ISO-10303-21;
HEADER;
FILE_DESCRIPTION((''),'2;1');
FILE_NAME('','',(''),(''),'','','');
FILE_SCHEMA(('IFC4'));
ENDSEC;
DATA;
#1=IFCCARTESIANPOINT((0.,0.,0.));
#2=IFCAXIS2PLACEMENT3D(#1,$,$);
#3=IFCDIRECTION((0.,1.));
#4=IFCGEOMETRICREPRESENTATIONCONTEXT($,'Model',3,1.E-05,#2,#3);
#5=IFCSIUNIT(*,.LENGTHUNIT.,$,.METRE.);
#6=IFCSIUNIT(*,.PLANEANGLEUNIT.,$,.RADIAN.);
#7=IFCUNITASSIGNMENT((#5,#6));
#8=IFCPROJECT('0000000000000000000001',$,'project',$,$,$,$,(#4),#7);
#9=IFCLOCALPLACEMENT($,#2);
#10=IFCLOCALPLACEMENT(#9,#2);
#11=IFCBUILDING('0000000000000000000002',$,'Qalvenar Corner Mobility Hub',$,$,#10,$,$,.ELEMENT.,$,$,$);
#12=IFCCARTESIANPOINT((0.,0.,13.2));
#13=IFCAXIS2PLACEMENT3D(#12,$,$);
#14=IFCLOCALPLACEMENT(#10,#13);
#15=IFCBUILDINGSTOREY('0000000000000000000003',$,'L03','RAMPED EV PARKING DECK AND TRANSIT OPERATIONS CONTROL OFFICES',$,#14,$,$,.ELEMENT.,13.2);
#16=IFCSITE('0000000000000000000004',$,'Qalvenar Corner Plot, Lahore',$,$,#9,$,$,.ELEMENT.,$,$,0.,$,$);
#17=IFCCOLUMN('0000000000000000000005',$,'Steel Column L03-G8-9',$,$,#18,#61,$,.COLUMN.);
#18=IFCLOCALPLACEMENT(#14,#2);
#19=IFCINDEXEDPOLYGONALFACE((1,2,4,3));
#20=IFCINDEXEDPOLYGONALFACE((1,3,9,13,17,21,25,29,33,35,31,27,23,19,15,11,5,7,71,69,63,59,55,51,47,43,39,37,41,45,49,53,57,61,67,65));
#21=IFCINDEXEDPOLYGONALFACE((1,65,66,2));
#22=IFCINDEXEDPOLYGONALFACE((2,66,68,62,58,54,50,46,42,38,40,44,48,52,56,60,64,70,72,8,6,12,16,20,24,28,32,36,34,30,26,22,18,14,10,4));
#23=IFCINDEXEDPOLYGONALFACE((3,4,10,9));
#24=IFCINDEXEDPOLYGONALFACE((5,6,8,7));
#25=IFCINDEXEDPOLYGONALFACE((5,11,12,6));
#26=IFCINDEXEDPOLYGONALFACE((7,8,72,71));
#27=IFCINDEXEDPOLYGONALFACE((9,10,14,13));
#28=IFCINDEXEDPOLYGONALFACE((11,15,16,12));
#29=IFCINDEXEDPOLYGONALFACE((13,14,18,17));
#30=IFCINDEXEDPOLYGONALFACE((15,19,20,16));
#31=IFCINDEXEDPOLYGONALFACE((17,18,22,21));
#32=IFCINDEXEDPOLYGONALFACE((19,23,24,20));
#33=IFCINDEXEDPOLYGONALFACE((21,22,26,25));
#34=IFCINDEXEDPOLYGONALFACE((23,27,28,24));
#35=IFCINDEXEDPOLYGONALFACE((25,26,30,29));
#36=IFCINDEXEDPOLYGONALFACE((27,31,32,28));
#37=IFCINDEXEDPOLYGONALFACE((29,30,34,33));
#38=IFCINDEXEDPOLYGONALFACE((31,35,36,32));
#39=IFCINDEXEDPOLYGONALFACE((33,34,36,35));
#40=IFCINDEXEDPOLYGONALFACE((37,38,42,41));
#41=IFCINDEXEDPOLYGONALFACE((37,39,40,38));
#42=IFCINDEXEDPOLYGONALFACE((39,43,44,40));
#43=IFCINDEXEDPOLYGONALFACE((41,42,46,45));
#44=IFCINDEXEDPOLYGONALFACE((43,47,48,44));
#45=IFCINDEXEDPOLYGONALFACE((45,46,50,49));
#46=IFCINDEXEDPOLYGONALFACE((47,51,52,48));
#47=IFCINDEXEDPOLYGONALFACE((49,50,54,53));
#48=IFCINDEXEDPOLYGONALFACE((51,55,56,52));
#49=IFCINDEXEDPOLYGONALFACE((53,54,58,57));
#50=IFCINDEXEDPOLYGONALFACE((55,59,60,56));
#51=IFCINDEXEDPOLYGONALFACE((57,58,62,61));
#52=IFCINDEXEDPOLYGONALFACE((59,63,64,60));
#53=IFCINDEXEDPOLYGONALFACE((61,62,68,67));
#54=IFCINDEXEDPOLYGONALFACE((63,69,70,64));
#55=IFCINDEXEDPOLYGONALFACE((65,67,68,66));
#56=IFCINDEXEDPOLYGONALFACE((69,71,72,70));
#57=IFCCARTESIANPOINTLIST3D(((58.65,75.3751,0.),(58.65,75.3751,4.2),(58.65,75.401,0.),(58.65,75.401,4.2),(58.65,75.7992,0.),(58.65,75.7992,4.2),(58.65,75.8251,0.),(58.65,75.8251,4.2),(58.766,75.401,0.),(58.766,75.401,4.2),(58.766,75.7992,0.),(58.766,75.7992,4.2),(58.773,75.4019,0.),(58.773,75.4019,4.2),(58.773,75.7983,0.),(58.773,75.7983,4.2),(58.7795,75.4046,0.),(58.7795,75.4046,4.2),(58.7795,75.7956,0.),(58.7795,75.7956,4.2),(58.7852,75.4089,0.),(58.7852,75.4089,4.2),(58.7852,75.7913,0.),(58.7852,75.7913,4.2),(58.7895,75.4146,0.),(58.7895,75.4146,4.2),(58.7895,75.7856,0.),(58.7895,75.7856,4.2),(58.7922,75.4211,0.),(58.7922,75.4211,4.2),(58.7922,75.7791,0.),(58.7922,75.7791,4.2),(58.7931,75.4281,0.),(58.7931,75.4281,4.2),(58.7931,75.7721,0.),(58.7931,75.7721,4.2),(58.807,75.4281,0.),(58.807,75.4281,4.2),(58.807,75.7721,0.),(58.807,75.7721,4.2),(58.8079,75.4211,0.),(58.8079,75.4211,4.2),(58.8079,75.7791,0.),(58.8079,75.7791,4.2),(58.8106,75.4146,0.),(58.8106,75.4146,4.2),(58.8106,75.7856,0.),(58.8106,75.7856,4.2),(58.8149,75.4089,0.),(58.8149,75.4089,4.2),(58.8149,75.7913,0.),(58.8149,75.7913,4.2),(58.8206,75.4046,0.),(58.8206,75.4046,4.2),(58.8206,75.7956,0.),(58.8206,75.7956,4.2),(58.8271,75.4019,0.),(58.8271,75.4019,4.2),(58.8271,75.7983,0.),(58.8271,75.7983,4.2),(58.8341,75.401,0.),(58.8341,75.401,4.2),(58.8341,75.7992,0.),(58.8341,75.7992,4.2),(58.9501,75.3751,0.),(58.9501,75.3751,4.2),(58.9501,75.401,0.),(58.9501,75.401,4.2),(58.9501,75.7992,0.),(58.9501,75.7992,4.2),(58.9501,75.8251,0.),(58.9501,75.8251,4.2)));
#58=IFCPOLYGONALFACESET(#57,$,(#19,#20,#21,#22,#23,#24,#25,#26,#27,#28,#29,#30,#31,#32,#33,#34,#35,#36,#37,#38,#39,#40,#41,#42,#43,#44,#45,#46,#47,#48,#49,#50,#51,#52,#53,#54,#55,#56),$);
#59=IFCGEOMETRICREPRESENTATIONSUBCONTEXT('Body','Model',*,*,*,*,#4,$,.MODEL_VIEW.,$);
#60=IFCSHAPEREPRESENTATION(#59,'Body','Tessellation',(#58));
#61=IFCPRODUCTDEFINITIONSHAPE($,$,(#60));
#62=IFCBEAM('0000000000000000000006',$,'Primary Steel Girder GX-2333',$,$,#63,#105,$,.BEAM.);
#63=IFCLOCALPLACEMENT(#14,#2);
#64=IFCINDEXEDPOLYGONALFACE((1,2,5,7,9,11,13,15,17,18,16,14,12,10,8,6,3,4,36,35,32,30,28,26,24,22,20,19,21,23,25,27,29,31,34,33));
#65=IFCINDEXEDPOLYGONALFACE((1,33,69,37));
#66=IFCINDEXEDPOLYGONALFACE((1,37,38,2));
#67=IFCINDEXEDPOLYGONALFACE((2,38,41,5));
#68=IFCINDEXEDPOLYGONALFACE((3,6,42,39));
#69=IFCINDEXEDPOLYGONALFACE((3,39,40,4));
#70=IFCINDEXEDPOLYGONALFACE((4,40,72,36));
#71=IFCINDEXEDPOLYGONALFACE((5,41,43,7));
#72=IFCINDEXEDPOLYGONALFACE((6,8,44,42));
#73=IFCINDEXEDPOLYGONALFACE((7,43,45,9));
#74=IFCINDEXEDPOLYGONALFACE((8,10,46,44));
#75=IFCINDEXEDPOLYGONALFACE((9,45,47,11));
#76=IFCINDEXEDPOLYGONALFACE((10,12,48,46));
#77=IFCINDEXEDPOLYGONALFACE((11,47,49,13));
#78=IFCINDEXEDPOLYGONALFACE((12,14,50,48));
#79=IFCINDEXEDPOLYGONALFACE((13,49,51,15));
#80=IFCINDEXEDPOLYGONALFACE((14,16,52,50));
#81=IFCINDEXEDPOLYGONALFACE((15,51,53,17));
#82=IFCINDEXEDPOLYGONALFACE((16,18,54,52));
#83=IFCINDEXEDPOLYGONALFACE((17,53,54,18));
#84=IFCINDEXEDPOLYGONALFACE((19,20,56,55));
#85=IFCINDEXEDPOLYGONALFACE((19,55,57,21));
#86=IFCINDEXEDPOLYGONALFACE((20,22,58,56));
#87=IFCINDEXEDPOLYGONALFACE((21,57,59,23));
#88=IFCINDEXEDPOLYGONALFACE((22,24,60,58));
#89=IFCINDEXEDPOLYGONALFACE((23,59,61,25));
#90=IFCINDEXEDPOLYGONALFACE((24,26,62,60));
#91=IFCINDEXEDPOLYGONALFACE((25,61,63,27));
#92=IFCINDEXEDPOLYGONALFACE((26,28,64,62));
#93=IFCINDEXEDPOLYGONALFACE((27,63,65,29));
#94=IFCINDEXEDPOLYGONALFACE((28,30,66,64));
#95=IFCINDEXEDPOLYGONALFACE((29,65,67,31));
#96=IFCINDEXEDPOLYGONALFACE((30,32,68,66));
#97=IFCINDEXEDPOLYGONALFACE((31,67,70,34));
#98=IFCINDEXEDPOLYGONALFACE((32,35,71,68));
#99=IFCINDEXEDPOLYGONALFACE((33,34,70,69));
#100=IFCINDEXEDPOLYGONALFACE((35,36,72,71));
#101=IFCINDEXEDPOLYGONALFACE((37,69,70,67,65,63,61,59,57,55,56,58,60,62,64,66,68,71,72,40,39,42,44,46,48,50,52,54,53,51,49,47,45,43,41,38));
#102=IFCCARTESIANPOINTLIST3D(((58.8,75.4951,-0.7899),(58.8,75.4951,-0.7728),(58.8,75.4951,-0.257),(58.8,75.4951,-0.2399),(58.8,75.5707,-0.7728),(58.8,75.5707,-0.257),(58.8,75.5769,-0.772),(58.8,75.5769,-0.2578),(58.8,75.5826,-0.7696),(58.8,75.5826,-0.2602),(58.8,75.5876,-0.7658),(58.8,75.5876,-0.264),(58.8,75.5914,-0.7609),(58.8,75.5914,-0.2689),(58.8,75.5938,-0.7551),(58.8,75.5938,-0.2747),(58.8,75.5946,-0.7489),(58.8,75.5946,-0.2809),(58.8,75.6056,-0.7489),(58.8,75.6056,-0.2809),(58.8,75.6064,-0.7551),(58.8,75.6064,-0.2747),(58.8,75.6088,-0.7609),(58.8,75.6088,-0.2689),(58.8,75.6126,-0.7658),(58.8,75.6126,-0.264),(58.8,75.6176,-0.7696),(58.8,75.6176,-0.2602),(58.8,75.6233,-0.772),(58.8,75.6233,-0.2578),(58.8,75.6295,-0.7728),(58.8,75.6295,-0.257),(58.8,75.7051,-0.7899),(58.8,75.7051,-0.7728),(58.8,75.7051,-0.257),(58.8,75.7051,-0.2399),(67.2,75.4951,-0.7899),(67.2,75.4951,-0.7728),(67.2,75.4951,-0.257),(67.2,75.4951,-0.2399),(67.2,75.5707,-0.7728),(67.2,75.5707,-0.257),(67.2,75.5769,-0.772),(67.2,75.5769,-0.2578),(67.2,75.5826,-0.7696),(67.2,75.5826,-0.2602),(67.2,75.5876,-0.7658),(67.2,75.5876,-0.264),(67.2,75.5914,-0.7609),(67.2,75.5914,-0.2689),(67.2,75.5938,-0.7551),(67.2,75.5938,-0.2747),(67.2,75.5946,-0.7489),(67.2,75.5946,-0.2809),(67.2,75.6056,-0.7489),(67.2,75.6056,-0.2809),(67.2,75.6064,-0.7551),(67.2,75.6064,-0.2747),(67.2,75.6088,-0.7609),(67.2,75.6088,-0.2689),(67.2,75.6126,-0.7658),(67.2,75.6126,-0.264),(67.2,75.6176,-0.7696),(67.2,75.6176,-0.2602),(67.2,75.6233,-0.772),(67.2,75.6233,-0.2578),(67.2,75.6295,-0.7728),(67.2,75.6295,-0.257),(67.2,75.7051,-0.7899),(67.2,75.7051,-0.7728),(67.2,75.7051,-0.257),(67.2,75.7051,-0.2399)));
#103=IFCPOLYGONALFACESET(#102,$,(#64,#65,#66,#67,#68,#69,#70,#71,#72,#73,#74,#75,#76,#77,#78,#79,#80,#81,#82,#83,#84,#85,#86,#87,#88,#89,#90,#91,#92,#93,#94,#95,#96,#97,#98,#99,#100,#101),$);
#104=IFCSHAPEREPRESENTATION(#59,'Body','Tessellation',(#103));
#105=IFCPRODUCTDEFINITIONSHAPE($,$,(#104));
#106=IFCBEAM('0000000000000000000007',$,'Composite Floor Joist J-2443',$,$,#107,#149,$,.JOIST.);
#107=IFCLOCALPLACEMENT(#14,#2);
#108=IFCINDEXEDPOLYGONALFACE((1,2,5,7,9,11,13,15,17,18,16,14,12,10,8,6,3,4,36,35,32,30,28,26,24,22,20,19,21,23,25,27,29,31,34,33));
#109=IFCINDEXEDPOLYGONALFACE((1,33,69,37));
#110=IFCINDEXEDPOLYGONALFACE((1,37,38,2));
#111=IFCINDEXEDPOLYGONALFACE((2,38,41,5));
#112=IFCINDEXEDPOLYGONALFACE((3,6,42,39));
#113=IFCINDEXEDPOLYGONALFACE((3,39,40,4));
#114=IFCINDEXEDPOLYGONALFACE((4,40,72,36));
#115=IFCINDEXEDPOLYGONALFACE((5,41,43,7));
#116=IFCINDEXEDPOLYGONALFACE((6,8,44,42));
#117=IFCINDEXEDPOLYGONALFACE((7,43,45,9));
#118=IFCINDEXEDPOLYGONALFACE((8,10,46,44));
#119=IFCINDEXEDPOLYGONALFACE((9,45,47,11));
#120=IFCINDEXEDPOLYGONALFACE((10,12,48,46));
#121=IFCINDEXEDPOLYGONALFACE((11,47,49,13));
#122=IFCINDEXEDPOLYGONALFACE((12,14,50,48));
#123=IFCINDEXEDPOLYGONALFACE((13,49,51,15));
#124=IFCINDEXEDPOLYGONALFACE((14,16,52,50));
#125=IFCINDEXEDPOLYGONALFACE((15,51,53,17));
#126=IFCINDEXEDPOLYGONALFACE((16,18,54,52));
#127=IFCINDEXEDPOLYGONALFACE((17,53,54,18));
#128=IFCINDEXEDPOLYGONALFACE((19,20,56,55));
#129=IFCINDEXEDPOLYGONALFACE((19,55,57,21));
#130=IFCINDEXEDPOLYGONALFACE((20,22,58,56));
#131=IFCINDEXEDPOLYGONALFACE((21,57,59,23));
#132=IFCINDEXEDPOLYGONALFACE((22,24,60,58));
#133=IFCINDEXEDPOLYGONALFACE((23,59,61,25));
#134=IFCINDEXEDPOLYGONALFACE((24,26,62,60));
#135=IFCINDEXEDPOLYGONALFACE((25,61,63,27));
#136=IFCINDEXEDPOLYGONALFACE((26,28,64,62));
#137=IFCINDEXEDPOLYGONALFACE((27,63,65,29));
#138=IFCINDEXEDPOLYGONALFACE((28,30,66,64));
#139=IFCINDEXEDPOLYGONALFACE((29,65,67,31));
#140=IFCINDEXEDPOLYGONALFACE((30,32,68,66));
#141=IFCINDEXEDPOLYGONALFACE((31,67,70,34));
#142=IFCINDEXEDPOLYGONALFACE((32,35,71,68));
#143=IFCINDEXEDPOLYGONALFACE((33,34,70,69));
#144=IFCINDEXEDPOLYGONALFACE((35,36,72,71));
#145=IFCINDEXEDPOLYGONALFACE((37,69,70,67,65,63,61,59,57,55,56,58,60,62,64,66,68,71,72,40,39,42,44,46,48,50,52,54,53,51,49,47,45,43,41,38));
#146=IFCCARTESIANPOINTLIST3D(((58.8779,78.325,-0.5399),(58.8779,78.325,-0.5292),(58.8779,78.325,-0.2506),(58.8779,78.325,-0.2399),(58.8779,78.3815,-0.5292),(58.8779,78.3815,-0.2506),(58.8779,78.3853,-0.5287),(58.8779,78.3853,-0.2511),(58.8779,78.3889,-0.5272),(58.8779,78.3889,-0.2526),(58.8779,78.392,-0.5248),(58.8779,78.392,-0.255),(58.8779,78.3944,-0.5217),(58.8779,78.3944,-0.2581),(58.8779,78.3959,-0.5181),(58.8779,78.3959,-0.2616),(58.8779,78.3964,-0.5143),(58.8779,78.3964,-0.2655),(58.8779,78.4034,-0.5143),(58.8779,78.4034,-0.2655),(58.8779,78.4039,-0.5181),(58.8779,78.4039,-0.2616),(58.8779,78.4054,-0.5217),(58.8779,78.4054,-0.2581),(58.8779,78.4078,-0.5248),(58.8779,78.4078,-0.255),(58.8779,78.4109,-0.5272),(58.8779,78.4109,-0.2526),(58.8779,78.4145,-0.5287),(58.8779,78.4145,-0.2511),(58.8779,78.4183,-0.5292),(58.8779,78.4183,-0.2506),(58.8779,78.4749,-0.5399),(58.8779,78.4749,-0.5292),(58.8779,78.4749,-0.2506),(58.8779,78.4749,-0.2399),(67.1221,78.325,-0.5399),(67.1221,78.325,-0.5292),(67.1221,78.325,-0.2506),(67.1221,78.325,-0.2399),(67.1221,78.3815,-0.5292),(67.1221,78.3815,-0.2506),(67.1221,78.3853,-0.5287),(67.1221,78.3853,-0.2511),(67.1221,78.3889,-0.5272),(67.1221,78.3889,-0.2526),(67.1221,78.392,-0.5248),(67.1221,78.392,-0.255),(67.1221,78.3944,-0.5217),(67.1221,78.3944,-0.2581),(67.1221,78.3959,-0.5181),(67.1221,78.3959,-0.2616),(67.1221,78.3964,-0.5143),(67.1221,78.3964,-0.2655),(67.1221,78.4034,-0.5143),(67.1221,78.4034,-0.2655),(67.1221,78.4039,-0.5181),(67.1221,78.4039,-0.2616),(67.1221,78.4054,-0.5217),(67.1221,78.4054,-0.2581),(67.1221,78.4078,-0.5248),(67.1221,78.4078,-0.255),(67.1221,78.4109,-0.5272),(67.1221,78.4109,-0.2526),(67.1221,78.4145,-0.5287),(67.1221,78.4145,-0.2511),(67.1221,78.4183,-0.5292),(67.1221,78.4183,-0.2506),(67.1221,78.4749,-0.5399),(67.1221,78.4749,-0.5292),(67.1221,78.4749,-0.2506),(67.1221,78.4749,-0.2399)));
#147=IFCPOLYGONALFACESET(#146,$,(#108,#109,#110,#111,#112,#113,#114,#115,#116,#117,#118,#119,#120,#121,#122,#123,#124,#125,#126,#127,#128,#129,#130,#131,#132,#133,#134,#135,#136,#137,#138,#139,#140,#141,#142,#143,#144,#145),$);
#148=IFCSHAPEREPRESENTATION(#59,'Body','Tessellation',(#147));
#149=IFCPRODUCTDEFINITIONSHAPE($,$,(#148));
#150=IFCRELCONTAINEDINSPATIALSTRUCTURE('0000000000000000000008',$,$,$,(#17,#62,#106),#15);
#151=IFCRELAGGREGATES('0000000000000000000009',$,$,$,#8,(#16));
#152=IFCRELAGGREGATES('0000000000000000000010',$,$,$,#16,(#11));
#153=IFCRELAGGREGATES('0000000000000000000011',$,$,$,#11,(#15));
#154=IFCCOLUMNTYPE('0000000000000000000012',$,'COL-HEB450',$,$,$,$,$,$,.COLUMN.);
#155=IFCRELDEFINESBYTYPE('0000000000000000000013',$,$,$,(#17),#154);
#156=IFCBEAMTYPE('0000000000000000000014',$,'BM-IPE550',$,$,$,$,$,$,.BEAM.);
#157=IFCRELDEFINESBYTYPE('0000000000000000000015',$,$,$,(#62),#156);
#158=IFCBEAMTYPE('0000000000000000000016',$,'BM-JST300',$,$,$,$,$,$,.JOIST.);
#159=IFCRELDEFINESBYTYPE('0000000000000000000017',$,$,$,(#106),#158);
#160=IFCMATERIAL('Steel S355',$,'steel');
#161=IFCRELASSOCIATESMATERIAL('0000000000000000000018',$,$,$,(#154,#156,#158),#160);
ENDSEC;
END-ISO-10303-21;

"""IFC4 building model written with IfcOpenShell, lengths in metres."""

from ifc_helpers import new_model, si_unit, direction, frame, origin, origin_2d, place, context, subcontext, project, spatial, i_section, extrude, material, material_profile, profile_set, type_object, element, save


model = new_model("IFC4")

# Units and contexts
model_context = context("Model", 3, precision=1e-05, world=origin(), true_north=direction((0.0, 1.0)))
body_context = subcontext(model_context, "Body", "Model", "MODEL_VIEW")
ifc_project = project(units=[si_unit("LENGTHUNIT", "METRE"), si_unit("PLANEANGLEUNIT", "RADIAN")], contexts=[model_context])

# Site, building, storey
site_placement = place(None, origin())
site = spatial("IfcSite", under=ifc_project, at=site_placement, Name="Qalvenar Corner Plot, Lahore", CompositionType="ELEMENT", RefElevation=0.0)
building_placement = place(site_placement, origin())
building = spatial("IfcBuilding", under=site, at=building_placement, Name="Qalvenar Corner Mobility Hub", CompositionType="ELEMENT")
storey_placement = place(building_placement, frame((0.0, 0.0, 13.2)))
storey = spatial("IfcBuildingStorey", under=building, at=storey_placement, Name="L03", Description="RAMPED EV PARKING DECK AND TRANSIT OPERATIONS CONTROL OFFICES", CompositionType="ELEMENT", Elevation=13.2)

# Column
ifc_material_1 = material(Name="Steel S355", Category="steel")
ifc_material_profile_1 = material_profile(ifc_material_1, i_section(OverallWidth=0.3, OverallDepth=0.45, WebThickness=0.0139, FlangeThickness=0.0259, FilletRadius=0.0271, at=origin_2d()), Name="HEB450")
ifc_profile_set_1 = profile_set([ifc_material_profile_1], Name="Steel S355")
column_type = type_object("IfcColumnType", Name="COL-HEB450", PredefinedType="COLUMN", material=ifc_profile_set_1)
column_placement = place(storey_placement, frame((58.8, 75.6001, 0.0), z_axis=(0.0, 0.0, 1.0), x_axis=(1.0, 0.0, 0.0)))
element("IfcColumn", 1, at=column_placement, inside=storey, type_object=column_type, Name="Steel Column L03-G8-9", PredefinedType="COLUMN", context=body_context, shape_type="SweptSolid", body=[
    extrude(i_section(OverallWidth=0.3, OverallDepth=0.45, WebThickness=0.0139, FlangeThickness=0.0259, FilletRadius=0.0271, at=origin_2d()), origin(), (0.0, 0.0, 1.0), 4.2),
])

# Beams
ifc_material_profile_2 = material_profile(ifc_material_1, i_section(OverallWidth=0.21, OverallDepth=0.55, WebThickness=0.011, FlangeThickness=0.0171, FilletRadius=0.0239, at=origin_2d()), Name="IPE550")
ifc_profile_set_2 = profile_set([ifc_material_profile_2], Name="Steel S355")
beam_type_1 = type_object("IfcBeamType", Name="BM-IPE550", PredefinedType="BEAM", material=ifc_profile_set_2)
beam_1_placement = place(storey_placement, frame((58.8, 75.6001, -0.5149), z_axis=(1.0, 0.0, 0.0), x_axis=(0.0, 1.0, 0.0)))
element("IfcBeam", 2, at=beam_1_placement, inside=storey, type_object=beam_type_1, Name="Primary Steel Girder GX-2333", PredefinedType="BEAM", context=body_context, shape_type="SweptSolid", body=[
    extrude(i_section(OverallWidth=0.21, OverallDepth=0.55, WebThickness=0.011, FlangeThickness=0.0171, FilletRadius=0.0239, at=origin_2d()), origin(), (0.0, 0.0, 1.0), 8.3999),
])
ifc_material_profile_3 = material_profile(ifc_material_1, i_section(OverallWidth=0.1499, OverallDepth=0.3, WebThickness=0.0071, FlangeThickness=0.0107, FilletRadius=0.0149, at=origin_2d()), Name="IPE300")
ifc_profile_set_3 = profile_set([ifc_material_profile_3], Name="Steel S355")
beam_type_2 = type_object("IfcBeamType", Name="BM-JST300", PredefinedType="JOIST", material=ifc_profile_set_3)
beam_2_placement = place(storey_placement, frame((58.8779, 78.3999, -0.3899), z_axis=(1.0, 0.0, 0.0), x_axis=(0.0, 1.0, 0.0)))
element("IfcBeam", 3, at=beam_2_placement, inside=storey, type_object=beam_type_2, Name="Composite Floor Joist J-2443", PredefinedType="JOIST", context=body_context, shape_type="SweptSolid", body=[
    extrude(i_section(OverallWidth=0.1499, OverallDepth=0.3, WebThickness=0.0071, FlangeThickness=0.0107, FilletRadius=0.0149, at=origin_2d()), origin(), (0.0, 0.0, 1.0), 8.2441),
])

save(model, "model.ifc")
